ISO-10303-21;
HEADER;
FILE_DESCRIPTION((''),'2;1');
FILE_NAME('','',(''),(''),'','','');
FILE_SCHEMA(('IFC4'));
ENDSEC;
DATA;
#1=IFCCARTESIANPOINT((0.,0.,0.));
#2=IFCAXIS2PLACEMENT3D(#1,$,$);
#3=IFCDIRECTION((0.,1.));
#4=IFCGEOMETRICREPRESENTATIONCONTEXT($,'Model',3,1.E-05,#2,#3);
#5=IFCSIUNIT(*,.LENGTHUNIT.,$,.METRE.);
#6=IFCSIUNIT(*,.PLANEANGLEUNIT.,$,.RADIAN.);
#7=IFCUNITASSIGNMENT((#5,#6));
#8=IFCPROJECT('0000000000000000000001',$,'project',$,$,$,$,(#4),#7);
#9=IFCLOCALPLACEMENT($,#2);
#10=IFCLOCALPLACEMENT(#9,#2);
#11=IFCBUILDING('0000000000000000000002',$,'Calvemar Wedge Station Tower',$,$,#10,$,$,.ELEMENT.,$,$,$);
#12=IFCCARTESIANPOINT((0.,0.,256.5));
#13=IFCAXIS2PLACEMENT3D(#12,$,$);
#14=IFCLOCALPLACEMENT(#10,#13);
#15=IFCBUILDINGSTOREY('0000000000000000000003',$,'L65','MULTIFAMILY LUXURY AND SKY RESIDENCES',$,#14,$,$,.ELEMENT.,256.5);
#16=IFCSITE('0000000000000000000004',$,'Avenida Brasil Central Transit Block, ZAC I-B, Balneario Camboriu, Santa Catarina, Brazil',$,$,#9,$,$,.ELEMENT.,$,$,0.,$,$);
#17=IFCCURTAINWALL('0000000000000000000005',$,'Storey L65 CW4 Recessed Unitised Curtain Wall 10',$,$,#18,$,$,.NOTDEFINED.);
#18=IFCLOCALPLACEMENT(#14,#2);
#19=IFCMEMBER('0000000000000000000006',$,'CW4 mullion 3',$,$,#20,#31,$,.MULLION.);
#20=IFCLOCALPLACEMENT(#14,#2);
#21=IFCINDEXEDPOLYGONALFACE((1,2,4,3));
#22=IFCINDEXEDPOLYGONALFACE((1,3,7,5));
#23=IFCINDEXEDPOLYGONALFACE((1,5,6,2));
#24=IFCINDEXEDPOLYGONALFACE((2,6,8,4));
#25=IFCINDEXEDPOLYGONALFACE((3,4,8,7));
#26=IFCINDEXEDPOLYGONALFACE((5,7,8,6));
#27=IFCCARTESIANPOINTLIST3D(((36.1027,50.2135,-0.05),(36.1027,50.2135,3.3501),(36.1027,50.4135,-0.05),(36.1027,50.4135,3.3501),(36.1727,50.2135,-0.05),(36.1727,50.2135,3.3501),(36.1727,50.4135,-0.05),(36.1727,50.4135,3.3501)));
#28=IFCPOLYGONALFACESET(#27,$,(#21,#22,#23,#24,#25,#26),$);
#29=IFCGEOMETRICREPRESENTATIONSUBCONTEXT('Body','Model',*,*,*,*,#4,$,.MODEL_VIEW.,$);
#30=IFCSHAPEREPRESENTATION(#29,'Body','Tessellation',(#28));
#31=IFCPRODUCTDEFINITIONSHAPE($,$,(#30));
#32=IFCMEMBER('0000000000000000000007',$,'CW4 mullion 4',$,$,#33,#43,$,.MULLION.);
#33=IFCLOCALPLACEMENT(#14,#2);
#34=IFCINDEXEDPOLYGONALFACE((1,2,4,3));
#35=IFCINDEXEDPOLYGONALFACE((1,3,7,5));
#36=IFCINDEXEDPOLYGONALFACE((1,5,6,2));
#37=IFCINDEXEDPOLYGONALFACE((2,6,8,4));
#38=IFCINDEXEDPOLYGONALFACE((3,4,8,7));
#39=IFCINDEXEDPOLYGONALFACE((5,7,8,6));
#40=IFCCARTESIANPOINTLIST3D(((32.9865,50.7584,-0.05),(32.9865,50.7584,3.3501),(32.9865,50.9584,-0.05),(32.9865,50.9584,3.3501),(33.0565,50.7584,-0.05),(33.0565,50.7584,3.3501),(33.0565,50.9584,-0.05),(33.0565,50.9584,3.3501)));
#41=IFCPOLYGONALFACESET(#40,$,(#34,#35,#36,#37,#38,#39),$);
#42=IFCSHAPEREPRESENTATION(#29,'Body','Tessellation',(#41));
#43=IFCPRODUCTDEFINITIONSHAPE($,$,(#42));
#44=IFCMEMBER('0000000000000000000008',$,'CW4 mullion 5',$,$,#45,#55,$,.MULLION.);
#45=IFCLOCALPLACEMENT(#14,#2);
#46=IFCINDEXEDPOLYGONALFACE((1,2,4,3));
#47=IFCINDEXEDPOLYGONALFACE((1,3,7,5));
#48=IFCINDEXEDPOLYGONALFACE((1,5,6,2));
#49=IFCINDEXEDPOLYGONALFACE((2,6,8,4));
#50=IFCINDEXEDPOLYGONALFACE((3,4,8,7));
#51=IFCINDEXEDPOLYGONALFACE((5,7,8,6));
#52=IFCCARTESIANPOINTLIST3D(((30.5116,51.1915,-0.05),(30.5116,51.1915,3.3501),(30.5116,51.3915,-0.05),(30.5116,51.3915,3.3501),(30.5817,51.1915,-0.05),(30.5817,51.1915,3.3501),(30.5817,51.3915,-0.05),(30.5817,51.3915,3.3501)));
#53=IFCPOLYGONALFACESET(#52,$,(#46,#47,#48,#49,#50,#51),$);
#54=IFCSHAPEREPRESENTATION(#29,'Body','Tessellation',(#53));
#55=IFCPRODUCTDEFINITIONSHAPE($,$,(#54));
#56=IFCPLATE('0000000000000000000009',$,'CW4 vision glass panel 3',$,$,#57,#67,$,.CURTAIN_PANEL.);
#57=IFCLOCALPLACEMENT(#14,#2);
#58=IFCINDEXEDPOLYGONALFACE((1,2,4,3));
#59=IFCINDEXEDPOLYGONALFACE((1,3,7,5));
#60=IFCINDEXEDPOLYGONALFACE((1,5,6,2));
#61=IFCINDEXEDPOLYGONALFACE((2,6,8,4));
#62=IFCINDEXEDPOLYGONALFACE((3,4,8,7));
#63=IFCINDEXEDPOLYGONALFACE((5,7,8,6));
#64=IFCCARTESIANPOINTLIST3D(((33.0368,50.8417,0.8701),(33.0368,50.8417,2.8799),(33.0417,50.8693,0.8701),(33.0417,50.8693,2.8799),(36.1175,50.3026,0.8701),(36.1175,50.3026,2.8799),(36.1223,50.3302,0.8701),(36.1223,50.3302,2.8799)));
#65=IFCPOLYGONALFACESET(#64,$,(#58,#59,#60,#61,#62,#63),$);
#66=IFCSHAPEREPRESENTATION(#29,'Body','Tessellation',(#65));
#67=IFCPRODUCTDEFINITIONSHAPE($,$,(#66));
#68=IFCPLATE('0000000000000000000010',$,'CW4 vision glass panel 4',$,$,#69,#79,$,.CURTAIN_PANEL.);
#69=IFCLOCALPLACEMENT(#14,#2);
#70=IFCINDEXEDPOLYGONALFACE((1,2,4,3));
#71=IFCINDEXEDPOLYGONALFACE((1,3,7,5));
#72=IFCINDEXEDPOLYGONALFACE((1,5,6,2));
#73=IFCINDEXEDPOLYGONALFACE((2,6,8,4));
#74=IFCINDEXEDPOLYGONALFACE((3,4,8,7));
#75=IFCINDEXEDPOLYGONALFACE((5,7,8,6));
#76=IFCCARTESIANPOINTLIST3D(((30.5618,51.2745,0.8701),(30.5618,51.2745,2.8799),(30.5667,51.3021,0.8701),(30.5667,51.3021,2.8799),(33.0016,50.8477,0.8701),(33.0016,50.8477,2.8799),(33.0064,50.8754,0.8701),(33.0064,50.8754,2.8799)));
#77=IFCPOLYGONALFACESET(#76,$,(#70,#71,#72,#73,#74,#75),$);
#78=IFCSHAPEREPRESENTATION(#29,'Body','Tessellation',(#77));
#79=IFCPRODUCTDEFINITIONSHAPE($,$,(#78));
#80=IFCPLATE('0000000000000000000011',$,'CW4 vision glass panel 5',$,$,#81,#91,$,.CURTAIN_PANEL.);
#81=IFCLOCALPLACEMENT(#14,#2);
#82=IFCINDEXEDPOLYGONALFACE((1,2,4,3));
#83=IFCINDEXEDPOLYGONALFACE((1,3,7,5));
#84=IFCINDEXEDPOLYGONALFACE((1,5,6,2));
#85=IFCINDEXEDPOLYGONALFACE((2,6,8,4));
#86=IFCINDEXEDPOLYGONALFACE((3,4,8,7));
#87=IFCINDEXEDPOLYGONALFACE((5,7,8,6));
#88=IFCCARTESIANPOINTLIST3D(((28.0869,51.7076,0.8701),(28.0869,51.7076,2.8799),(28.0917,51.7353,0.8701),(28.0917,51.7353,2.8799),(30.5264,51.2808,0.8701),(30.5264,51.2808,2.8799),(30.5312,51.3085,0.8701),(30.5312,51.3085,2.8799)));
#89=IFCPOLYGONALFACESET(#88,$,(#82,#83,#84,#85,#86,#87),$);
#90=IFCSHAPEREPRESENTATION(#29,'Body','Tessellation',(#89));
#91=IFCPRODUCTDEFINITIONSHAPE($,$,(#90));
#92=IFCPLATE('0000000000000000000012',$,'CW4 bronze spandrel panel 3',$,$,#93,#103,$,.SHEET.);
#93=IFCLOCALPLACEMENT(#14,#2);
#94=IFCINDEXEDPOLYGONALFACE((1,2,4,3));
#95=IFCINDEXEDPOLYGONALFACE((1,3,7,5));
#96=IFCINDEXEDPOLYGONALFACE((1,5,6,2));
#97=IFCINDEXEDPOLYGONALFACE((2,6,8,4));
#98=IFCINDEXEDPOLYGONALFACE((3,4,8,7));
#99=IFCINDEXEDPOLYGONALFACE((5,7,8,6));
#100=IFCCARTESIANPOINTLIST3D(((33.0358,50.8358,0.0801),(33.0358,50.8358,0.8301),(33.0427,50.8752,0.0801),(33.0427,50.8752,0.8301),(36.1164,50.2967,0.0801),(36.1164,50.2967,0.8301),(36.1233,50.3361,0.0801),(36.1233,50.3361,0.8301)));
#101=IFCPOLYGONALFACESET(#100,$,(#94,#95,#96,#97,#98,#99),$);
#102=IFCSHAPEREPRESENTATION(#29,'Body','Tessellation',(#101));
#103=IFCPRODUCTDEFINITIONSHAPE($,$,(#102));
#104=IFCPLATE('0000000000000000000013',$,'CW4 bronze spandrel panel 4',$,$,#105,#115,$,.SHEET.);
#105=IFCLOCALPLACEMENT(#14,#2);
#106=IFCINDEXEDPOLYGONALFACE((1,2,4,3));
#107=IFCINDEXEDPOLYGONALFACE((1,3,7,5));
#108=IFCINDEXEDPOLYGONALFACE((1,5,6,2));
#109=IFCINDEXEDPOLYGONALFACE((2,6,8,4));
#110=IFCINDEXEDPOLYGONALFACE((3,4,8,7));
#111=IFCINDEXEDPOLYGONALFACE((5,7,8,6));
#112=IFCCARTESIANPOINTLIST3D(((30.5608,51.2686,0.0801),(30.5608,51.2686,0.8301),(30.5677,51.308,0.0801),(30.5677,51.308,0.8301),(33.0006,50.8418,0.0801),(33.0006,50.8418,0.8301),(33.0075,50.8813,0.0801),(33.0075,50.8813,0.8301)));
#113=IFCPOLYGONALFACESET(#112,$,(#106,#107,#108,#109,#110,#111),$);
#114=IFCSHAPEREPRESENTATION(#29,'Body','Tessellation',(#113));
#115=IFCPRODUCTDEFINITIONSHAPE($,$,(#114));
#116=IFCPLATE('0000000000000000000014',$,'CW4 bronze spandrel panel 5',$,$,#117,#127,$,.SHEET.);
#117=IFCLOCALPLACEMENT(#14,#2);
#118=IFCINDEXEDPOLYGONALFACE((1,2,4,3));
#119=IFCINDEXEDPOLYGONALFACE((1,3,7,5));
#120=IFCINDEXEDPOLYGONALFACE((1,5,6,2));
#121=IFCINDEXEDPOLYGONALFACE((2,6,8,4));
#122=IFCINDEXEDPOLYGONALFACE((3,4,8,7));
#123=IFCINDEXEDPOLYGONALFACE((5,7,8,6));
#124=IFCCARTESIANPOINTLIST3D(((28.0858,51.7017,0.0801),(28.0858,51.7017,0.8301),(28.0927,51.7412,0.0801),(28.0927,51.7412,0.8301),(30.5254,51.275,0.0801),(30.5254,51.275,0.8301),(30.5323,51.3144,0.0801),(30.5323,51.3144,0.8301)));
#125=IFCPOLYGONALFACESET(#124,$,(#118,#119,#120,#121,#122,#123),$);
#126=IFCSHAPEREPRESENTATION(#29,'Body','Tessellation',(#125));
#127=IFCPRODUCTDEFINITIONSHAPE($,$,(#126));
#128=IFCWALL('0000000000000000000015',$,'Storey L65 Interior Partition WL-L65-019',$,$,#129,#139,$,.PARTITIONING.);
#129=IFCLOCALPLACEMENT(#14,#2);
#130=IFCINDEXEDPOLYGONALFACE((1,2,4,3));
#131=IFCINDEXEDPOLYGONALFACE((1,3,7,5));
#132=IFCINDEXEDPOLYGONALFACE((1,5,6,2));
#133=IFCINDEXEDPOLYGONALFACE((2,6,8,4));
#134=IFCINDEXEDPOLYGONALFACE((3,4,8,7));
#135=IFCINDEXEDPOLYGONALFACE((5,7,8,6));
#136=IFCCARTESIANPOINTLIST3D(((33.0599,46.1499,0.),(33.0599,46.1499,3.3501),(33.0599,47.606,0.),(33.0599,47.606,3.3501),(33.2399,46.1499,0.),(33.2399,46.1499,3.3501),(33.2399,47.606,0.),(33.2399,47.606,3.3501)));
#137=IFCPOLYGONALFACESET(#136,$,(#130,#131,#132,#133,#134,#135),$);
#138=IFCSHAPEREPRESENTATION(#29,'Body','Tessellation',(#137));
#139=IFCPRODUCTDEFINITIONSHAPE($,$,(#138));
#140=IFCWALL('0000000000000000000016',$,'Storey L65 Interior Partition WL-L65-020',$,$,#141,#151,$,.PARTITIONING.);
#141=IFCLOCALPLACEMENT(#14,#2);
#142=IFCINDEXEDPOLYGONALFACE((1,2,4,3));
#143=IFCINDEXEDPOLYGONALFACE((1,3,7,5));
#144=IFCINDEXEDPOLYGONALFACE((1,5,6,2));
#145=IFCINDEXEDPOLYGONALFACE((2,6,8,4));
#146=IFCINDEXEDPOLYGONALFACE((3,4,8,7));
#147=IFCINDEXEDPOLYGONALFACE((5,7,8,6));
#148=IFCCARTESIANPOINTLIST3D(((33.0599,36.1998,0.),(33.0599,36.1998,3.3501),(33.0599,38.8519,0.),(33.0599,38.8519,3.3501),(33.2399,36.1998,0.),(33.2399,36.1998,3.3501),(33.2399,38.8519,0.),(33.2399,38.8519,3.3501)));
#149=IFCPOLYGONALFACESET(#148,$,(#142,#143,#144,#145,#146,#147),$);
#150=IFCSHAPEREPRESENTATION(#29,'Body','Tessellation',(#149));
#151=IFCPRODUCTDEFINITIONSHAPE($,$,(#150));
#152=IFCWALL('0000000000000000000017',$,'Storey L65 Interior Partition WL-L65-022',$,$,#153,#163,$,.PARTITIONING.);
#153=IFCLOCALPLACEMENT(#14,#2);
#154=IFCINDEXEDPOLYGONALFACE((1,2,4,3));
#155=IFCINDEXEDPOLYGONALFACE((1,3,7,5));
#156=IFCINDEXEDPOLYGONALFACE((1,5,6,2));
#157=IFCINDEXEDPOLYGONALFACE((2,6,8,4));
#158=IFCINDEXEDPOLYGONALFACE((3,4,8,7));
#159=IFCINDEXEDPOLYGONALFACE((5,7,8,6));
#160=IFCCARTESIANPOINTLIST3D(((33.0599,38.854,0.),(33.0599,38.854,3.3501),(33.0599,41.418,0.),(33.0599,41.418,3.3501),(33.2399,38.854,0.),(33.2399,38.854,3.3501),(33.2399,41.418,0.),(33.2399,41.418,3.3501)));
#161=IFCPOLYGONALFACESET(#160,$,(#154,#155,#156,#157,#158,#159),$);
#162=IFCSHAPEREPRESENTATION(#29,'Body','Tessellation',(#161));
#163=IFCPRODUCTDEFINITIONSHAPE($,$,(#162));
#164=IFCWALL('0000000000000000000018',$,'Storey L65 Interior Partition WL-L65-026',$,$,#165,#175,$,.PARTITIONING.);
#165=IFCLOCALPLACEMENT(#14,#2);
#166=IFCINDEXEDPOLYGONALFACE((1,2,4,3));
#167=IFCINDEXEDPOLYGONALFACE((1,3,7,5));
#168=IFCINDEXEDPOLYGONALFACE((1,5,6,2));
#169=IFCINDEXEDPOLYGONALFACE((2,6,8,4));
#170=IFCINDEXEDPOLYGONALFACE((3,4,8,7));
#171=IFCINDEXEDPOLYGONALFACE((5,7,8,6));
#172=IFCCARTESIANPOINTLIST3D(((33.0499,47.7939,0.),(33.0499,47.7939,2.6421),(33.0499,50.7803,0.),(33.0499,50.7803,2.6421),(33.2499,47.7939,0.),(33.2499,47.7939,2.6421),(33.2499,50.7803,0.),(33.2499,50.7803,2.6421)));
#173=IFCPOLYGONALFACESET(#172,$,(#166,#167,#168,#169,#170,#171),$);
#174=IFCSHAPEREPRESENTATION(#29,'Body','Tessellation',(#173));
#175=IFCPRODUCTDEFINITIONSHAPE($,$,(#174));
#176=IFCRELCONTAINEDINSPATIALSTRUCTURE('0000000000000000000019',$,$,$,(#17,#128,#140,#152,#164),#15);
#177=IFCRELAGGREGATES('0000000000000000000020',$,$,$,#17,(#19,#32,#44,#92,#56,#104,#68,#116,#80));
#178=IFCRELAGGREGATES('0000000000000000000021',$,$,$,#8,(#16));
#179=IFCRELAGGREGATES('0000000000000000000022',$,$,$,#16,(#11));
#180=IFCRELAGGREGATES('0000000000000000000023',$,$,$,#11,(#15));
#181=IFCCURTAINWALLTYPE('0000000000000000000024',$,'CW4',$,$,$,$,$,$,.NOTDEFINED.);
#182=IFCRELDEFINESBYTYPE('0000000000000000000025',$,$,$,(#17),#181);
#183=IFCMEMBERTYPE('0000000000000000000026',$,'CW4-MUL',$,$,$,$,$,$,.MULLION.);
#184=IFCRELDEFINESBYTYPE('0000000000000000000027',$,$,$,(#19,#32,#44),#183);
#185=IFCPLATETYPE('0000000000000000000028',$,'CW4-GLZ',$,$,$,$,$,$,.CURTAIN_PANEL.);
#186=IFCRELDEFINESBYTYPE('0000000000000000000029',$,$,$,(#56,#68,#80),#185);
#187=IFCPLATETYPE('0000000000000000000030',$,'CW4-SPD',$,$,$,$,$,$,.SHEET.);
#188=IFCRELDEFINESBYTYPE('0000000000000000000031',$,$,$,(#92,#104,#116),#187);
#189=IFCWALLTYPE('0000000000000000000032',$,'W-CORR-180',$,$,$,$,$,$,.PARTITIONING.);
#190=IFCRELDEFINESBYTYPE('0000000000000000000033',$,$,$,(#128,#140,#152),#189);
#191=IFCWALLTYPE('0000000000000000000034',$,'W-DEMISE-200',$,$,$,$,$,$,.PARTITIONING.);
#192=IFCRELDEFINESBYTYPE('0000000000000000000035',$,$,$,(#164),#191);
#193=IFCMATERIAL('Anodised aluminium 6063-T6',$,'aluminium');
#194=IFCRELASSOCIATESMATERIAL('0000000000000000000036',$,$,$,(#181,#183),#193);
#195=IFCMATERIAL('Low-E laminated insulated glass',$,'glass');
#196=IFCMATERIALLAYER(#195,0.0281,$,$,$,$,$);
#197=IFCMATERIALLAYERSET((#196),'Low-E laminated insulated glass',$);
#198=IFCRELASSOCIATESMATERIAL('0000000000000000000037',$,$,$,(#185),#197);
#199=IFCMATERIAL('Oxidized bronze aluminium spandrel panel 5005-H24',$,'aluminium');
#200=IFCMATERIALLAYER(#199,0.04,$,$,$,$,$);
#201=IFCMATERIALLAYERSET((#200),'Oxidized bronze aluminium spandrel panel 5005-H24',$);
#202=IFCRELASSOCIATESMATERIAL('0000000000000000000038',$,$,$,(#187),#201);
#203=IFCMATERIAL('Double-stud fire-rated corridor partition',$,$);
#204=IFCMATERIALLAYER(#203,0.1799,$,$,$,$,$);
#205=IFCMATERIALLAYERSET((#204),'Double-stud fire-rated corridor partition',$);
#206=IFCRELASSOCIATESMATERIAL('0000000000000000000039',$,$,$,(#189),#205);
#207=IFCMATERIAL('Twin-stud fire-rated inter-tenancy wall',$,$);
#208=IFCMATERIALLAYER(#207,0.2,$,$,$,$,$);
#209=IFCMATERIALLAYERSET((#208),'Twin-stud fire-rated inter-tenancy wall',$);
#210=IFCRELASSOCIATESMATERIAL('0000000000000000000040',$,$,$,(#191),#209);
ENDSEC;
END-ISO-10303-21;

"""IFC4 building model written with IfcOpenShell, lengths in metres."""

from ifc_helpers import new_model, si_unit, direction, frame, frame_2d, origin, origin_2d, place, context, subcontext, project, spatial, rectangle, extrude, source, transform, mapped, material, layer, layer_set, material_profile, profile_set, type_object, element, aggregate, save


model = new_model("IFC4")

# Units and contexts
model_context = context("Model", 3, precision=1e-05, world=origin(), true_north=direction((0.0, 1.0)))
body_context = subcontext(model_context, "Body", "Model", "MODEL_VIEW")
ifc_project = project(units=[si_unit("LENGTHUNIT", "METRE"), si_unit("PLANEANGLEUNIT", "RADIAN")], contexts=[model_context])

# Site, building, storey
site_placement = place(None, origin())
site = spatial("IfcSite", under=ifc_project, at=site_placement, Name="Avenida Brasil Central Transit Block, ZAC I-B, Balneario Camboriu, Santa Catarina, Brazil", CompositionType="ELEMENT", RefElevation=0.0)
building_placement = place(site_placement, origin())
building = spatial("IfcBuilding", under=site, at=building_placement, Name="Calvemar Wedge Station Tower", CompositionType="ELEMENT")
storey_placement = place(building_placement, frame((0.0, 0.0, 256.5)))
storey = spatial("IfcBuildingStorey", under=building, at=storey_placement, Name="L65", Description="MULTIFAMILY LUXURY AND SKY RESIDENCES", CompositionType="ELEMENT", Elevation=256.5)

# Curtain wall, members, plates
ifc_material_1 = material(Name="Anodised aluminium 6063-T6", Category="aluminium")
curtain_wall_type = type_object("IfcCurtainWallType", Name="CW4", PredefinedType="NOTDEFINED", material=ifc_material_1)
curtain_wall_placement = place(storey_placement, origin())
curtain_wall = element("IfcCurtainWall", 1, at=curtain_wall_placement, inside=storey, type_object=curtain_wall_type, Name="Storey L65 CW4 Recessed Unitised Curtain Wall 10", PredefinedType="NOTDEFINED")
ifc_material_profile_1 = material_profile(ifc_material_1, rectangle(XDim=0.0701, YDim=0.2, at=origin_2d()), Name="AL-MUL-70x200")
ifc_profile_set_1 = profile_set([ifc_material_profile_1], Name="Anodised aluminium 6063-T6")
member_type = type_object("IfcMemberType", Name="CW4-MUL", PredefinedType="MULLION", material=ifc_profile_set_1)
shared_shape_1 = source(origin(), body_context, "Body", "SweptSolid", [
    extrude(rectangle(XDim=0.0701, YDim=0.2, at=origin_2d()), origin(), (0.0, 0.0, 1.0), 3.4001),
])
member_1_placement = place(storey_placement, frame((36.1377, 50.3135, -0.05), z_axis=(0.0, 0.0, 1.0), x_axis=(1.0, 0.0, 0.0)))
member_1 = element("IfcMember", 2, at=member_1_placement, type_object=member_type, Name="CW4 mullion 3", PredefinedType="MULLION", context=body_context, shape_type="MappedRepresentation", body=[
    mapped(shared_shape_1, transform((0.0, 0.0, 0.0), scale=1.0)),
])
member_2_placement = place(storey_placement, frame((33.0215, 50.8584, -0.05), z_axis=(0.0, 0.0, 1.0), x_axis=(1.0, 0.0, 0.0)))
member_2 = element("IfcMember", 3, at=member_2_placement, type_object=member_type, Name="CW4 mullion 4", PredefinedType="MULLION", context=body_context, shape_type="MappedRepresentation", body=[
    mapped(shared_shape_1, transform((0.0, 0.0, 0.0), scale=1.0)),
])
member_3_placement = place(storey_placement, frame((30.5466, 51.2915, -0.05), z_axis=(0.0, 0.0, 1.0), x_axis=(1.0, 0.0, 0.0)))
member_3 = element("IfcMember", 4, at=member_3_placement, type_object=member_type, Name="CW4 mullion 5", PredefinedType="MULLION", context=body_context, shape_type="MappedRepresentation", body=[
    mapped(shared_shape_1, transform((0.0, 0.0, 0.0), scale=1.0)),
])
ifc_material_2 = material(Name="Low-E laminated insulated glass", Category="glass")
ifc_layer_1 = layer(ifc_material_2, 0.0281)
ifc_layer_set_1 = layer_set([ifc_layer_1], Name="Low-E laminated insulated glass")
plate_type_1 = type_object("IfcPlateType", Name="CW4-GLZ", PredefinedType="CURTAIN_PANEL", material=ifc_layer_set_1)
plate_1_placement = place(storey_placement, frame((36.1199, 50.3164, 0.8701), z_axis=(0.0, 0.0, 1.0), x_axis=(-0.985032, 0.172369, 0.0)))
plate_1 = element("IfcPlate", 5, at=plate_1_placement, type_object=plate_type_1, Name="CW4 vision glass panel 3", PredefinedType="CURTAIN_PANEL", context=body_context, shape_type="SweptSolid", body=[
    extrude(rectangle(XDim=3.1274, YDim=0.0281, at=frame_2d((1.5637, 0.0))), origin(), (0.0, 0.0, 1.0), 2.0098),
])
plate_2_placement = place(storey_placement, frame((33.0039, 50.8616, 0.8701), z_axis=(0.0, 0.0, 1.0), x_axis=(-0.985043, 0.172306, 0.0)))
plate_2 = element("IfcPlate", 6, at=plate_2_placement, type_object=plate_type_1, Name="CW4 vision glass panel 4", PredefinedType="CURTAIN_PANEL", context=body_context, shape_type="SweptSolid", body=[
    extrude(rectangle(XDim=2.4768, YDim=0.0281, at=frame_2d((1.2383, 0.0))), origin(), (0.0, 0.0, 1.0), 2.0098),
])
plate_3_placement = place(storey_placement, frame((30.5288, 51.2947, 0.8701), z_axis=(0.0, 0.0, 1.0), x_axis=(-0.985041, 0.172323, 0.0)))
plate_3 = element("IfcPlate", 7, at=plate_3_placement, type_object=plate_type_1, Name="CW4 vision glass panel 5", PredefinedType="CURTAIN_PANEL", context=body_context, shape_type="SweptSolid", body=[
    extrude(rectangle(XDim=2.4766, YDim=0.0281, at=frame_2d((1.2383, 0.0))), origin(), (0.0, 0.0, 1.0), 2.0098),
])
ifc_material_3 = material(Name="Oxidized bronze aluminium spandrel panel 5005-H24", Category="aluminium")
ifc_layer_2 = layer(ifc_material_3, 0.04)
ifc_layer_set_2 = layer_set([ifc_layer_2], Name="Oxidized bronze aluminium spandrel panel 5005-H24")
plate_type_2 = type_object("IfcPlateType", Name="CW4-SPD", PredefinedType="SHEET", material=ifc_layer_set_2)
plate_4_placement = place(storey_placement, frame((36.1199, 50.3164, 0.0801), z_axis=(0.0, 0.0, 1.0), x_axis=(-0.985032, 0.172369, 0.0)))
plate_4 = element("IfcPlate", 8, at=plate_4_placement, type_object=plate_type_2, Name="CW4 bronze spandrel panel 3", PredefinedType="SHEET", context=body_context, shape_type="SweptSolid", body=[
    extrude(rectangle(XDim=3.1274, YDim=0.04, at=frame_2d((1.5637, 0.0))), origin(), (0.0, 0.0, 1.0), 0.75),
])
plate_5_placement = place(storey_placement, frame((33.0039, 50.8616, 0.0801), z_axis=(0.0, 0.0, 1.0), x_axis=(-0.985043, 0.172306, 0.0)))
plate_5 = element("IfcPlate", 9, at=plate_5_placement, type_object=plate_type_2, Name="CW4 bronze spandrel panel 4", PredefinedType="SHEET", context=body_context, shape_type="SweptSolid", body=[
    extrude(rectangle(XDim=2.4768, YDim=0.04, at=frame_2d((1.2383, 0.0))), origin(), (0.0, 0.0, 1.0), 0.75),
])
plate_6_placement = place(storey_placement, frame((30.5288, 51.2947, 0.0801), z_axis=(0.0, 0.0, 1.0), x_axis=(-0.985041, 0.172323, 0.0)))
plate_6 = element("IfcPlate", 10, at=plate_6_placement, type_object=plate_type_2, Name="CW4 bronze spandrel panel 5", PredefinedType="SHEET", context=body_context, shape_type="SweptSolid", body=[
    extrude(rectangle(XDim=2.4766, YDim=0.04, at=frame_2d((1.2383, 0.0))), origin(), (0.0, 0.0, 1.0), 0.75),
])
aggregate(curtain_wall, [member_1, member_2, member_3, plate_4, plate_1, plate_5, plate_2, plate_6, plate_3])

# Walls
ifc_material_4 = material(Name="Double-stud fire-rated corridor partition")
ifc_layer_3 = layer(ifc_material_4, 0.1799)
ifc_layer_set_3 = layer_set([ifc_layer_3], Name="Double-stud fire-rated corridor partition")
wall_type_1 = type_object("IfcWallType", Name="W-CORR-180", PredefinedType="PARTITIONING", material=ifc_layer_set_3)
wall_1_placement = place(storey_placement, frame((33.1499, 47.606, 0.0), z_axis=(0.0, 0.0, 1.0), x_axis=(0.0, -1.0, 0.0)))
element("IfcWall", 11, at=wall_1_placement, inside=storey, type_object=wall_type_1, Name="Storey L65 Interior Partition WL-L65-019", PredefinedType="PARTITIONING", context=body_context, shape_type="SweptSolid", body=[
    extrude(rectangle(XDim=1.4561, YDim=0.1799, at=frame_2d((0.728, 0.0))), origin(), (0.0, 0.0, 1.0), 3.3501),
])
wall_2_placement = place(storey_placement, frame((33.1499, 38.8521, 0.0), z_axis=(0.0, 0.0, 1.0), x_axis=(0.0, -1.0, 0.0)))
element("IfcWall", 12, at=wall_2_placement, inside=storey, type_object=wall_type_1, Name="Storey L65 Interior Partition WL-L65-020", PredefinedType="PARTITIONING", context=body_context, shape_type="SweptSolid", body=[
    extrude(rectangle(XDim=2.6521, YDim=0.1799, at=frame_2d((1.3262, 0.0))), origin(), (0.0, 0.0, 1.0), 3.3501),
])

# Walls
wall_3_placement = place(storey_placement, frame((33.1499, 41.418, 0.0), z_axis=(0.0, 0.0, 1.0), x_axis=(0.0, -1.0, 0.0)))
element("IfcWall", 13, at=wall_3_placement, inside=storey, type_object=wall_type_1, Name="Storey L65 Interior Partition WL-L65-022", PredefinedType="PARTITIONING", context=body_context, shape_type="SweptSolid", body=[
    extrude(rectangle(XDim=2.564, YDim=0.1799, at=frame_2d((1.282, 0.0))), origin(), (0.0, 0.0, 1.0), 3.3501),
])
ifc_material_5 = material(Name="Twin-stud fire-rated inter-tenancy wall")
ifc_layer_4 = layer(ifc_material_5, 0.2)
ifc_layer_set_4 = layer_set([ifc_layer_4], Name="Twin-stud fire-rated inter-tenancy wall")
wall_type_2 = type_object("IfcWallType", Name="W-DEMISE-200", PredefinedType="PARTITIONING", material=ifc_layer_set_4)
wall_4_placement = place(storey_placement, frame((33.1499, 50.7803, 0.0), z_axis=(0.0, 0.0, 1.0), x_axis=(0.0, -1.0, 0.0)))
element("IfcWall", 14, at=wall_4_placement, inside=storey, type_object=wall_type_2, Name="Storey L65 Interior Partition WL-L65-026", PredefinedType="PARTITIONING", context=body_context, shape_type="SweptSolid", body=[
    extrude(rectangle(XDim=2.9863, YDim=0.2, at=frame_2d((1.4932, 0.0))), origin(), (0.0, 0.0, 1.0), 2.6421),
])

save(model, "model.ifc")
